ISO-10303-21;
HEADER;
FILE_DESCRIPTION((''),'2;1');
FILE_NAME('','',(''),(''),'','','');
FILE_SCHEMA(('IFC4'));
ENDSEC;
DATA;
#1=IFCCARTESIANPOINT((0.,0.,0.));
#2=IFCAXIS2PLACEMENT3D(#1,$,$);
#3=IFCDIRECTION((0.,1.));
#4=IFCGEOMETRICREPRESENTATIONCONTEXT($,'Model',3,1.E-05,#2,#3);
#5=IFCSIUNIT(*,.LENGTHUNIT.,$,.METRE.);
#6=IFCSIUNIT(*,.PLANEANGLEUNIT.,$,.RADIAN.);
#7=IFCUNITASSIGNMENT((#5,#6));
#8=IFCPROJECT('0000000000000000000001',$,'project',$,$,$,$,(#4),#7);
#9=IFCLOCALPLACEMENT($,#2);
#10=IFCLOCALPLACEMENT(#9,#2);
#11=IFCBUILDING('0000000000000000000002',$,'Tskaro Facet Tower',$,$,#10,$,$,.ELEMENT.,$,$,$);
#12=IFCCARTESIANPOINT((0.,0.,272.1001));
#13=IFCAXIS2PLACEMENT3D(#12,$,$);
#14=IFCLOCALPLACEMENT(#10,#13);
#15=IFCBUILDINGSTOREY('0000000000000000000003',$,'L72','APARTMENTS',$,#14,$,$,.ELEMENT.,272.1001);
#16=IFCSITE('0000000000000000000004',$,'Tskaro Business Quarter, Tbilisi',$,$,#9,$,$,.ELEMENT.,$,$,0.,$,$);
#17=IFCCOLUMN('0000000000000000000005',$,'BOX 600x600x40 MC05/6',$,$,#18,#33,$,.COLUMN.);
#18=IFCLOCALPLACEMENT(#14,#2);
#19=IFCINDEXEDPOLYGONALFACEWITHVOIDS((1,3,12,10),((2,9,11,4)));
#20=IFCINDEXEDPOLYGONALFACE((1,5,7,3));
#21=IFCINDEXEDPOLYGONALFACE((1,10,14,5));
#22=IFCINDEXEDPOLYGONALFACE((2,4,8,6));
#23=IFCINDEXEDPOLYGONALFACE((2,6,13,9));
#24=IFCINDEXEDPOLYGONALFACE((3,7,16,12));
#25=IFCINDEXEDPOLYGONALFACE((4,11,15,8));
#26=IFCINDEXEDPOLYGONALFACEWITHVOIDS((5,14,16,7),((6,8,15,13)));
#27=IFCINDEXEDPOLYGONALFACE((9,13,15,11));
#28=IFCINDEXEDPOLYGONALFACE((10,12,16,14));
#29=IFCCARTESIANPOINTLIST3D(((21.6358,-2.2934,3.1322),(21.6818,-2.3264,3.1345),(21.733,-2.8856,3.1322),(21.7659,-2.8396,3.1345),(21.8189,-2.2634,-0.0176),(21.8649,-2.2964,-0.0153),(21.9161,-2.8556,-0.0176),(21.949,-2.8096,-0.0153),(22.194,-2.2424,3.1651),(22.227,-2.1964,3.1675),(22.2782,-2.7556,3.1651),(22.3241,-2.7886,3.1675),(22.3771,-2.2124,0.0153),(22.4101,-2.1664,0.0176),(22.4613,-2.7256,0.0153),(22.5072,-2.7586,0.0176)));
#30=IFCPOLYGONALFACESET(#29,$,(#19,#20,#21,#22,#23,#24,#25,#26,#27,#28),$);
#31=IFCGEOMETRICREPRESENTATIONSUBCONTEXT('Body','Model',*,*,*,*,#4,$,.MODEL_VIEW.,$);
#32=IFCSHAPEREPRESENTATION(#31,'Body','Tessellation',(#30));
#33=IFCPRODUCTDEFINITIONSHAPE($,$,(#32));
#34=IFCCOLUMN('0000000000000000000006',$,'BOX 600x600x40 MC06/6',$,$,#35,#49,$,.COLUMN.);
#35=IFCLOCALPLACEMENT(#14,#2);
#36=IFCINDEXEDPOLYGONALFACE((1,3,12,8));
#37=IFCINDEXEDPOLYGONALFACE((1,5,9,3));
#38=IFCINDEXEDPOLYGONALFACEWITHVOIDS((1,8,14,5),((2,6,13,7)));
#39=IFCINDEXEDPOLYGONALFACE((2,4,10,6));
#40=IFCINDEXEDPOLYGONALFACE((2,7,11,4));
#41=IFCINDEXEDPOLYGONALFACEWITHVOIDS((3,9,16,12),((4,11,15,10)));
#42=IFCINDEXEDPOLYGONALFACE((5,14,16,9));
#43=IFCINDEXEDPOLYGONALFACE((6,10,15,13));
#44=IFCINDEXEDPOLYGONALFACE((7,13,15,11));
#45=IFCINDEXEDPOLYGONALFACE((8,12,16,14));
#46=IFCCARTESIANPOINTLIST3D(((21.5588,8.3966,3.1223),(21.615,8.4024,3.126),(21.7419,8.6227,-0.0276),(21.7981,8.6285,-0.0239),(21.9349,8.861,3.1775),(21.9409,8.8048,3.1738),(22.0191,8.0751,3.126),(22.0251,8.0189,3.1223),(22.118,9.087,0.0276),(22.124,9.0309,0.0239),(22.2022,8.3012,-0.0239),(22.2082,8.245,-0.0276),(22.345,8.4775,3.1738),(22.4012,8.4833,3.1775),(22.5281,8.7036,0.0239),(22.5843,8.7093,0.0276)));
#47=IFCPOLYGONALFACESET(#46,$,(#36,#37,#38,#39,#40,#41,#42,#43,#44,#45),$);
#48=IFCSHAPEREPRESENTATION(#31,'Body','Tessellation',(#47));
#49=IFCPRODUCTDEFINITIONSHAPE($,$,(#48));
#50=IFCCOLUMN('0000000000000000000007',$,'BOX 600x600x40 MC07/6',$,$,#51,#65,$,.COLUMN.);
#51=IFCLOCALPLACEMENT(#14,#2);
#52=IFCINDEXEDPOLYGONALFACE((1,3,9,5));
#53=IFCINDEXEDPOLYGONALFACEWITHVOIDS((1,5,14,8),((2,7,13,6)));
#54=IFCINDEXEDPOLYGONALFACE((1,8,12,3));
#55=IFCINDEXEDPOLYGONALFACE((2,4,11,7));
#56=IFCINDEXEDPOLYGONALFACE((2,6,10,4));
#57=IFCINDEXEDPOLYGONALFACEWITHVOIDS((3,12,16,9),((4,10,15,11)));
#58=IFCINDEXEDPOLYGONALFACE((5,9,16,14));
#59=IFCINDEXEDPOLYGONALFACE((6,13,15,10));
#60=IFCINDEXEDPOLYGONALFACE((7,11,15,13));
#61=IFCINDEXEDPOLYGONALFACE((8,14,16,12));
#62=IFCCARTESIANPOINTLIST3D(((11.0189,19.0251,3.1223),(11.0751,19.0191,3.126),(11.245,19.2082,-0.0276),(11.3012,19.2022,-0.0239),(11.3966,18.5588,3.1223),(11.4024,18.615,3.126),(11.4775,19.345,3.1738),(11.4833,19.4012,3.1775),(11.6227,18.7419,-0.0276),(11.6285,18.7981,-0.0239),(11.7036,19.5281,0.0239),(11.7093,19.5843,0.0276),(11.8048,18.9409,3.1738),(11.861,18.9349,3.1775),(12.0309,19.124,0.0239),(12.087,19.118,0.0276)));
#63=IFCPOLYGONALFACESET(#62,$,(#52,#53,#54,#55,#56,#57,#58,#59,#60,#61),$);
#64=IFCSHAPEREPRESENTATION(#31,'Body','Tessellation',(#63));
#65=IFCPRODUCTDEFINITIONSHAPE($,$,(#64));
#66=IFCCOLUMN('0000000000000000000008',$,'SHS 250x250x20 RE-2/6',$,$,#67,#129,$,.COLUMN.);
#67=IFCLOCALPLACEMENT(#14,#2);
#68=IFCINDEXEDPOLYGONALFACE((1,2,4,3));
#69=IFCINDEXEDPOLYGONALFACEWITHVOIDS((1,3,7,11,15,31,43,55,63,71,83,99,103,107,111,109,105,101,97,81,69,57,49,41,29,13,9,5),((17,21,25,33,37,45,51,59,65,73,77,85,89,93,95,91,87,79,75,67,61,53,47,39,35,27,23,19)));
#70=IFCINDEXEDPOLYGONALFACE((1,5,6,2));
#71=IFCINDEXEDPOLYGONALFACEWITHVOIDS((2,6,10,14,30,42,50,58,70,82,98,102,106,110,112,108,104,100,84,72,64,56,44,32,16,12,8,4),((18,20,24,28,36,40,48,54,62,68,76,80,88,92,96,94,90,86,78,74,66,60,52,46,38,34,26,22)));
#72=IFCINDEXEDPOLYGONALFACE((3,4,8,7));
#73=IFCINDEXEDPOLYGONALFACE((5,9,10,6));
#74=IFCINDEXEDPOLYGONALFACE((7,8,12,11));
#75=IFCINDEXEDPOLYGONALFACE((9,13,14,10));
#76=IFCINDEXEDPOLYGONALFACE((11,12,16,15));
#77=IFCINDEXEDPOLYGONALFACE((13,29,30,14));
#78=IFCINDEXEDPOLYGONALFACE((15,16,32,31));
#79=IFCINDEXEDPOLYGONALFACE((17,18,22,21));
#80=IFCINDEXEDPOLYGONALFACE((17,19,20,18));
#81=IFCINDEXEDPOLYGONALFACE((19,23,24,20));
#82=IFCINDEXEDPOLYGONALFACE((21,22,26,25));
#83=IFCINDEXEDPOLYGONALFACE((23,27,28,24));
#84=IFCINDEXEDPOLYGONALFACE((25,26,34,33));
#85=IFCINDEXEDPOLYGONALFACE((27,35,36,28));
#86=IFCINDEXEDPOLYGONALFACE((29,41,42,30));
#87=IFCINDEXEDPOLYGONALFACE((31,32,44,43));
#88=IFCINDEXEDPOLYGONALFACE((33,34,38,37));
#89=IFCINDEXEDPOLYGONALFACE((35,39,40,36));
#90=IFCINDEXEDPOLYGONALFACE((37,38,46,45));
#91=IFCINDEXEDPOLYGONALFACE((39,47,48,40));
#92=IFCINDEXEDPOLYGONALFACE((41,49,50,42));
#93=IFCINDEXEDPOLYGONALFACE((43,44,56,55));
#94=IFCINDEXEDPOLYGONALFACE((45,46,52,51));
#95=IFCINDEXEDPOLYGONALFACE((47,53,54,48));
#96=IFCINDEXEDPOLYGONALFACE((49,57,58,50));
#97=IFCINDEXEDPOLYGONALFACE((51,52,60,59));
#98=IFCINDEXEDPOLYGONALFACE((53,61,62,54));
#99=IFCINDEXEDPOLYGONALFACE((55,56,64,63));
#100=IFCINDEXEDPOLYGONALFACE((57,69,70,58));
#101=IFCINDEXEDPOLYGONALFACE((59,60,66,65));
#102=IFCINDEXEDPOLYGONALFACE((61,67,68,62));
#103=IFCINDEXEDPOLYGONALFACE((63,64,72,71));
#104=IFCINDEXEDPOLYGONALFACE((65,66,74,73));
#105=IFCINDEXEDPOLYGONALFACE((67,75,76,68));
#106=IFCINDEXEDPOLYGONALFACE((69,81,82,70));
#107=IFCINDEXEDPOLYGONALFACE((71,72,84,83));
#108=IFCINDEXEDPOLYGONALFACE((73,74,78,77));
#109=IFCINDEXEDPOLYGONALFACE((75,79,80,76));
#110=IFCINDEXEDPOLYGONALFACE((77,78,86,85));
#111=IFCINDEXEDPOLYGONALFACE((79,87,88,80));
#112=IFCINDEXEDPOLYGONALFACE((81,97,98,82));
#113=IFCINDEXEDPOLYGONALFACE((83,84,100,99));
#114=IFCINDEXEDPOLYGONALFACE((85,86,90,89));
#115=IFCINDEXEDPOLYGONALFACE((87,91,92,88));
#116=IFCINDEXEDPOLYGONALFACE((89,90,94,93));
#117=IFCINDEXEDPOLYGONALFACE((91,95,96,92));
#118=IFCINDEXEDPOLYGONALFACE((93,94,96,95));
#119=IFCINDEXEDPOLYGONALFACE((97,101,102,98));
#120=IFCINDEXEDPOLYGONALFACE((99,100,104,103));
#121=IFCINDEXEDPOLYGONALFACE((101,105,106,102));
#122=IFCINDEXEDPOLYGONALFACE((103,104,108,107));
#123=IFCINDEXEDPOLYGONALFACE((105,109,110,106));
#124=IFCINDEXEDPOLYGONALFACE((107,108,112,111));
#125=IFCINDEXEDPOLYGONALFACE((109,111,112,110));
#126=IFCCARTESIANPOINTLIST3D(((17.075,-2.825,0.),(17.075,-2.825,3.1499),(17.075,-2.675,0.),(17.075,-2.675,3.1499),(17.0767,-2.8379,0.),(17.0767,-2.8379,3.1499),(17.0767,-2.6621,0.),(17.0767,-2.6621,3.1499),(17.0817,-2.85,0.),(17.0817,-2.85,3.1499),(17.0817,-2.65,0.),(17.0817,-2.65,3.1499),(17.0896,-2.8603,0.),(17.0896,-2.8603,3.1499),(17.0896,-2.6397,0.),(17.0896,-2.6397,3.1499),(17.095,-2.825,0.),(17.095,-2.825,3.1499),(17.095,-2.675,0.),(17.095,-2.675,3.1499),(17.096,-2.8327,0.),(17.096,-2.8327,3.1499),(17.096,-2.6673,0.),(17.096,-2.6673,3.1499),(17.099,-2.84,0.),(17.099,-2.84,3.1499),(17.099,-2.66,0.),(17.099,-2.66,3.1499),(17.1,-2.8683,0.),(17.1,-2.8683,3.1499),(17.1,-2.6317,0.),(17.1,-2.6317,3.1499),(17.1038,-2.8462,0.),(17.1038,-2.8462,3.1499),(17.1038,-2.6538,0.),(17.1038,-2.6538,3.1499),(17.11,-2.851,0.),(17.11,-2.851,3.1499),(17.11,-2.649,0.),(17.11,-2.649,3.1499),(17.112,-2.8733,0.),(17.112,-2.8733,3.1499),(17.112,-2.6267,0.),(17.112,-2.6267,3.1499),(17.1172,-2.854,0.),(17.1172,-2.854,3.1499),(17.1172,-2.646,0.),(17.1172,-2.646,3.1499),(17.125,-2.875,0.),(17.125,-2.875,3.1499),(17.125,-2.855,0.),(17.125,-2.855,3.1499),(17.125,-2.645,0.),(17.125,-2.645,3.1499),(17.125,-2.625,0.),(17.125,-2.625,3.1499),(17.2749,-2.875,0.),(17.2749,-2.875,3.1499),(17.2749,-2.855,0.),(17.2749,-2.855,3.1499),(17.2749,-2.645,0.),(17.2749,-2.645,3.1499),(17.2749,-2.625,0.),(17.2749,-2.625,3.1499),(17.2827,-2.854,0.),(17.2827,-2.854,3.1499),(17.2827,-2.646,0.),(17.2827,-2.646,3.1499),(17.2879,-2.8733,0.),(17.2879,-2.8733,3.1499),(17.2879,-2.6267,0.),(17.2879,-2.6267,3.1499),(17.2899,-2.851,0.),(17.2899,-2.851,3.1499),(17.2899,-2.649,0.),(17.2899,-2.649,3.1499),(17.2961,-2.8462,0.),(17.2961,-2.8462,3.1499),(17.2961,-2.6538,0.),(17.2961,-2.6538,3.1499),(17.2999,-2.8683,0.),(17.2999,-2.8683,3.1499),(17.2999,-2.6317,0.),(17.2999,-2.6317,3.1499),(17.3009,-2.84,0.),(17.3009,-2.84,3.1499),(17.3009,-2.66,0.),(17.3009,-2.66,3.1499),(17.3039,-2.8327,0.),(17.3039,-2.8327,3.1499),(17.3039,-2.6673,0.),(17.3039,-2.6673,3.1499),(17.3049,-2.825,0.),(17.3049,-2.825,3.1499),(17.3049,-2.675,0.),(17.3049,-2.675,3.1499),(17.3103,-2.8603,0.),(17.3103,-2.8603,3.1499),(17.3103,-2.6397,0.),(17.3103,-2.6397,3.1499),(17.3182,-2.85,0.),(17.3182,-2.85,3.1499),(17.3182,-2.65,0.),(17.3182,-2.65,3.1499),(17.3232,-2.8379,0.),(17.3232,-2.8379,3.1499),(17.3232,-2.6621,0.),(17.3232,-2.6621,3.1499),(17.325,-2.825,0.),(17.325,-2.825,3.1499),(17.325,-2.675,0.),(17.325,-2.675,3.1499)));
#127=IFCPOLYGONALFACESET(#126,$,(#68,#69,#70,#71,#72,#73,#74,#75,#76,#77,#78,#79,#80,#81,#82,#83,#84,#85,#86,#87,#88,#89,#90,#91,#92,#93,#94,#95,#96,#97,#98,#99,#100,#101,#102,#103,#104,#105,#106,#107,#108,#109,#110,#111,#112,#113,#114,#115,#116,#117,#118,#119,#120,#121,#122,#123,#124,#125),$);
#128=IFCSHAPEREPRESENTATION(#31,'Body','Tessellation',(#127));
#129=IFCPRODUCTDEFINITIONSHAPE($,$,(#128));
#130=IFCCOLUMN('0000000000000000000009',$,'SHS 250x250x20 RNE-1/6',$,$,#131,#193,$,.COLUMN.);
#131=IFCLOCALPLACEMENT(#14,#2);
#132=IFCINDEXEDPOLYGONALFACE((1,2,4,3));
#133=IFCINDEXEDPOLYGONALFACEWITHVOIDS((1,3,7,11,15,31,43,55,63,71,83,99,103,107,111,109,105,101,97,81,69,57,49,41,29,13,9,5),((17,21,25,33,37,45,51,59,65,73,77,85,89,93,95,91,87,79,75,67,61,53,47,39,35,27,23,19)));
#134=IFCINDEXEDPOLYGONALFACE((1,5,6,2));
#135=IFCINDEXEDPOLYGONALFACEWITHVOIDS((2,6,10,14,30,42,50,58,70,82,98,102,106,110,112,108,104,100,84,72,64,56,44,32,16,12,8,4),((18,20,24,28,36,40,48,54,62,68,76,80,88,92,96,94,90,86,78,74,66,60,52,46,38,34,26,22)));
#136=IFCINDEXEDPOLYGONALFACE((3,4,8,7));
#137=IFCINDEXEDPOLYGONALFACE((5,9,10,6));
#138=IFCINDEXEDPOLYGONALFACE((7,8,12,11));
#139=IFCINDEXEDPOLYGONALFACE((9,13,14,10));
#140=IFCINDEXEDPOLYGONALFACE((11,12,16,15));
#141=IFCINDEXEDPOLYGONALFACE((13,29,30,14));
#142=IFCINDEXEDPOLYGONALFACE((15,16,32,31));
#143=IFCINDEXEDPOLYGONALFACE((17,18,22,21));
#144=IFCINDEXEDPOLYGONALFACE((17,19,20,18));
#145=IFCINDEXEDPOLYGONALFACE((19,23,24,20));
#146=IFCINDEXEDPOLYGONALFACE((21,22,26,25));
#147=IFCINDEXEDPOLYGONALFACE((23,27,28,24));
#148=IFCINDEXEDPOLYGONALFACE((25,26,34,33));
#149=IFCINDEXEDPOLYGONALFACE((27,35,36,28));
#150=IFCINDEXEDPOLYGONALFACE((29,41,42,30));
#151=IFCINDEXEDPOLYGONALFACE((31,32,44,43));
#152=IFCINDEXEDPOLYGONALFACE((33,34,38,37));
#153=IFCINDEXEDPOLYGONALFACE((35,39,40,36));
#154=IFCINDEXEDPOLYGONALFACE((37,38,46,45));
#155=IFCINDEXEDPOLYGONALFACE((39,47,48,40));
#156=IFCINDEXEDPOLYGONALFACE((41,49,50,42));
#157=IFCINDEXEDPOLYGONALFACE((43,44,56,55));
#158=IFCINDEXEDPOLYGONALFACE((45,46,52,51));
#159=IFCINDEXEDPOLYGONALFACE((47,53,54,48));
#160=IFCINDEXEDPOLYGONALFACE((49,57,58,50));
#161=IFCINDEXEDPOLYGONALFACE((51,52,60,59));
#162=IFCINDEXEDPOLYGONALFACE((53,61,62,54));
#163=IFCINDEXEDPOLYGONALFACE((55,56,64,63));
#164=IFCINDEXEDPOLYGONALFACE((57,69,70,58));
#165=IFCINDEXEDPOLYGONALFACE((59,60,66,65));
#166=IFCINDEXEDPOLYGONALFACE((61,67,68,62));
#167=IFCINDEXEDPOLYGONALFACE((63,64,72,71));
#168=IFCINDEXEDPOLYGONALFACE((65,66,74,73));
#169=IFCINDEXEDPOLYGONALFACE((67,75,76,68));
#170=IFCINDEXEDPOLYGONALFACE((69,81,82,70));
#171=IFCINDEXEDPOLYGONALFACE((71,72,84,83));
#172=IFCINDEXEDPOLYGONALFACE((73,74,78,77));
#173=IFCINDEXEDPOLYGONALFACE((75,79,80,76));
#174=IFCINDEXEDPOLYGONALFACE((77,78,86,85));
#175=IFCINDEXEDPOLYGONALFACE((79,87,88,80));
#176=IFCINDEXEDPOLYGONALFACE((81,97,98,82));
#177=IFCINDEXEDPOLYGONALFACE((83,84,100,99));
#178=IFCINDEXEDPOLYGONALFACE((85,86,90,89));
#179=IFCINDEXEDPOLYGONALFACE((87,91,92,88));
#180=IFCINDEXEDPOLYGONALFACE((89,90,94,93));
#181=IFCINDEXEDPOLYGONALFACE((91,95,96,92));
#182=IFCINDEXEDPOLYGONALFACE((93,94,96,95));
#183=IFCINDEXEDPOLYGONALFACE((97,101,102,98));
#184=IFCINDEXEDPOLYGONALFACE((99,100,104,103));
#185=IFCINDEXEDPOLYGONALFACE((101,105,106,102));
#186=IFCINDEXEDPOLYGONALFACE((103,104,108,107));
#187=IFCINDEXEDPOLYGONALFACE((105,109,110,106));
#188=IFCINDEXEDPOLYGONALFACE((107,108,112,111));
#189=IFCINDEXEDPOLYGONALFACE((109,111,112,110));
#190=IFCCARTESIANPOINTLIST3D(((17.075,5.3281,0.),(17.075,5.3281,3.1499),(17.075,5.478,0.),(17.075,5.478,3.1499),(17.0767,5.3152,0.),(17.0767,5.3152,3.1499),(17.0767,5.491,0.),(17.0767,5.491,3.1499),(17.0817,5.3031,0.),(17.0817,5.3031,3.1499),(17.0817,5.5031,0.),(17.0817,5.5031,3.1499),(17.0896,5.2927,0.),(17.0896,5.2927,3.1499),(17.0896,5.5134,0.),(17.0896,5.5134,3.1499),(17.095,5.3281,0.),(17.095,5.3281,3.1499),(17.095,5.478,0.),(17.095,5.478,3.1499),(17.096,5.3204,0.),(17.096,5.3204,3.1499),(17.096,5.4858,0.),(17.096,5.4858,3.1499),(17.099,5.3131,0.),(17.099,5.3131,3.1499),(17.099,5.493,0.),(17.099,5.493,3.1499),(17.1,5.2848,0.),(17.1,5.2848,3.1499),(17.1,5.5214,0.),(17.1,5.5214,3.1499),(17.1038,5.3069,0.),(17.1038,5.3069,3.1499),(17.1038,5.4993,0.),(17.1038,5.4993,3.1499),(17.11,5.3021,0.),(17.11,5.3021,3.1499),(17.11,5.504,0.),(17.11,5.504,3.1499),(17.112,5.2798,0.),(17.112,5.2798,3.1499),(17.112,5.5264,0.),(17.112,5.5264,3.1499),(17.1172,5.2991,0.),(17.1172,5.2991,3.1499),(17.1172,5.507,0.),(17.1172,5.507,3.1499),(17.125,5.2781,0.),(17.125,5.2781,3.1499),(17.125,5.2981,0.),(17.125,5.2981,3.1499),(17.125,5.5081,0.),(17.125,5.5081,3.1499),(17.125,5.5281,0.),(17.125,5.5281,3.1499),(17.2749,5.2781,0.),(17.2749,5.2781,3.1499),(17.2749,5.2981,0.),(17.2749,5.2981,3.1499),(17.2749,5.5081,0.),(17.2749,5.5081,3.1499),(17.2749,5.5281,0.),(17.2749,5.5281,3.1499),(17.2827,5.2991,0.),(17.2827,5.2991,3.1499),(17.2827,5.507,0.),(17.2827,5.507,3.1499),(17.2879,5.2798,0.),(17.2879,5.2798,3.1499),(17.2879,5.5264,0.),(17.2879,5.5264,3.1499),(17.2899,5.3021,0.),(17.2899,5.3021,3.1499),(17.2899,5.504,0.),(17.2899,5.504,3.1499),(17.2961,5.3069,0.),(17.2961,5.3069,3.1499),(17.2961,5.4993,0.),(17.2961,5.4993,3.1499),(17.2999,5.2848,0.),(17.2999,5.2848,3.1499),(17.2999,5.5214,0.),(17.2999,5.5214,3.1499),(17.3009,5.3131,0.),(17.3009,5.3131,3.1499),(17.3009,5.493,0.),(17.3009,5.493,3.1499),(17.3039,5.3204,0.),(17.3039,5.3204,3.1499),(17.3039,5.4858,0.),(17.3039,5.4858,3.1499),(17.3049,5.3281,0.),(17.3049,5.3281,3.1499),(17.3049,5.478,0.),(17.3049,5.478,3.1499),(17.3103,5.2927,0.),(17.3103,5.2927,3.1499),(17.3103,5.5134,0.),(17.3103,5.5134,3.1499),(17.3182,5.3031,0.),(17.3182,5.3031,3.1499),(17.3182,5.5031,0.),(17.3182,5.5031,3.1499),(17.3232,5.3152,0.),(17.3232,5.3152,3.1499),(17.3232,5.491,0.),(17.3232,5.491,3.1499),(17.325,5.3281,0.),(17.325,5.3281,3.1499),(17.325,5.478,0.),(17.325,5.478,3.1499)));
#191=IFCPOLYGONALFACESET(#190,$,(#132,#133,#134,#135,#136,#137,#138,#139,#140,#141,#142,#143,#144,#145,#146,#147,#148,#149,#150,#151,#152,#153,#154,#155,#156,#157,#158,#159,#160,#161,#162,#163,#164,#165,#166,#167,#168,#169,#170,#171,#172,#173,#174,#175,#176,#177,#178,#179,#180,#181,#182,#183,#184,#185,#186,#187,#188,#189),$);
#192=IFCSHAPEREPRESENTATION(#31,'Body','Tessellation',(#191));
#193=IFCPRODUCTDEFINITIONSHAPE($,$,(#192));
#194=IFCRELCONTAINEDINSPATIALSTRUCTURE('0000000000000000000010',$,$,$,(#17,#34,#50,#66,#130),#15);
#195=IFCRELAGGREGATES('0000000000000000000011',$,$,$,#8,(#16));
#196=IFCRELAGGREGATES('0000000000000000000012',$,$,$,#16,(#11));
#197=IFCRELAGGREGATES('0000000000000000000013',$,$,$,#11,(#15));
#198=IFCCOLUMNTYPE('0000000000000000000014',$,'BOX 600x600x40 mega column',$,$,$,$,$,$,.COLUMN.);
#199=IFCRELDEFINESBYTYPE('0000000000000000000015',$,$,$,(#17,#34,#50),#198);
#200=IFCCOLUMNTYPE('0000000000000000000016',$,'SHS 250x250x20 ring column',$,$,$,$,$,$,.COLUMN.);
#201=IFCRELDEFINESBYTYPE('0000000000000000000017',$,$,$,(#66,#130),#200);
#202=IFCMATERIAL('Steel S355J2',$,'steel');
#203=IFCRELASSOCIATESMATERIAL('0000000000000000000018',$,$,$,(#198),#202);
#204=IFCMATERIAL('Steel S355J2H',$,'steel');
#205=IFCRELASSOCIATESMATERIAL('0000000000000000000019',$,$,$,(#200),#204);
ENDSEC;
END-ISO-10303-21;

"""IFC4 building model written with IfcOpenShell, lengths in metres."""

from ifc_helpers import new_model, si_unit, direction, frame, origin, origin_2d, place, context, subcontext, project, spatial, hollow_rectangle, extrude, material, material_profile, profile_set, type_object, element, save


model = new_model("IFC4")

# Units and contexts
model_context = context("Model", 3, precision=1e-05, world=origin(), true_north=direction((0.0, 1.0)))
body_context = subcontext(model_context, "Body", "Model", "MODEL_VIEW")
ifc_project = project(units=[si_unit("LENGTHUNIT", "METRE"), si_unit("PLANEANGLEUNIT", "RADIAN")], contexts=[model_context])

# Site, building, storey
site_placement = place(None, origin())
site = spatial("IfcSite", under=ifc_project, at=site_placement, Name="Tskaro Business Quarter, Tbilisi", CompositionType="ELEMENT", RefElevation=0.0)
building_placement = place(site_placement, origin())
building = spatial("IfcBuilding", under=site, at=building_placement, Name="Tskaro Facet Tower", CompositionType="ELEMENT")
storey_placement = place(building_placement, frame((0.0, 0.0, 272.1001)))
storey = spatial("IfcBuildingStorey", under=building, at=storey_placement, Name="L72", Description="APARTMENTS", CompositionType="ELEMENT", Elevation=272.1001)

# Columns
ifc_material_1 = material(Name="Steel S355J2", Category="steel")
ifc_material_profile_1 = material_profile(ifc_material_1, hollow_rectangle(XDim=0.6001, YDim=0.6001, WallThickness=0.04, at=origin_2d()), Name="BOX 600x600x40")
ifc_profile_set_1 = profile_set([ifc_material_profile_1], Name="Steel S355J2")
column_type_1 = type_object("IfcColumnType", Name="BOX 600x600x40 mega column", PredefinedType="COLUMN", material=ifc_profile_set_1)
column_placement = place(storey_placement, frame((22.1631, -2.511, 0.0), z_axis=(-0.05803, -0.009517, 0.998269), x_axis=(0.161838, -0.986817, 0.0)))
element("IfcColumn", 1, at=column_placement, inside=storey, type_object=column_type_1, Name="BOX 600x600x40 MC05/6", PredefinedType="COLUMN", context=body_context, shape_type="SweptSolid", body=[
    extrude(hollow_rectangle(XDim=0.6001, YDim=0.6001, WallThickness=0.04, at=origin_2d()), origin(), (0.0, 0.0, 1.0), 3.1553),
])
for number, where, z_axis, x_axis, name in (
    (2, (22.1631, 8.666, 0.0), (-0.057884, -0.071468, 0.995762), (0.777089, -0.629391, 0.0), "BOX 600x600x40 MC06/6"),
    (3, (11.666, 19.1631, 0.0), (-0.071468, -0.057884, 0.995762), (0.629391, -0.777089, 0.0), "BOX 600x600x40 MC07/6"),
):
    element("IfcColumn", number, at=place(storey_placement, frame(where, z_axis=z_axis, x_axis=x_axis)), inside=storey, type_object=column_type_1, Name=name, PredefinedType="COLUMN", context=body_context, shape_type="SweptSolid", body=[
        extrude(hollow_rectangle(XDim=0.6001, YDim=0.6001, WallThickness=0.04, at=origin_2d()), origin(), (0.0, 0.0, 1.0), 3.1633),
    ])
ifc_material_2 = material(Name="Steel S355J2H", Category="steel")
ifc_material_profile_2 = material_profile(ifc_material_2, hollow_rectangle(XDim=0.25, YDim=0.25, WallThickness=0.02, InnerFilletRadius=0.03, OuterFilletRadius=0.05, at=origin_2d()), Name="SHS 250x250x20")
ifc_profile_set_2 = profile_set([ifc_material_profile_2], Name="Steel S355J2H")
column_type_2 = type_object("IfcColumnType", Name="SHS 250x250x20 ring column", PredefinedType="COLUMN", material=ifc_profile_set_2)
for number, where, z_axis, x_axis, name in (
    (4, (17.2, -2.75, 0.0), (0.0, 0.0, 1.0), (1.0, 0.0, 0.0), "SHS 250x250x20 RE-2/6"),
    (5, (17.2, 5.4031, 0.0), (0.0, 0.0, 1.0), (1.0, 0.0, 0.0), "SHS 250x250x20 RNE-1/6"),
):
    element("IfcColumn", number, at=place(storey_placement, frame(where, z_axis=z_axis, x_axis=x_axis)), inside=storey, type_object=column_type_2, Name=name, PredefinedType="COLUMN", context=body_context, shape_type="SweptSolid", body=[
        extrude(hollow_rectangle(XDim=0.25, YDim=0.25, WallThickness=0.02, InnerFilletRadius=0.03, OuterFilletRadius=0.05, at=origin_2d()), origin(), (0.0, 0.0, 1.0), 3.1499),
    ])

save(model, "model.ifc")
